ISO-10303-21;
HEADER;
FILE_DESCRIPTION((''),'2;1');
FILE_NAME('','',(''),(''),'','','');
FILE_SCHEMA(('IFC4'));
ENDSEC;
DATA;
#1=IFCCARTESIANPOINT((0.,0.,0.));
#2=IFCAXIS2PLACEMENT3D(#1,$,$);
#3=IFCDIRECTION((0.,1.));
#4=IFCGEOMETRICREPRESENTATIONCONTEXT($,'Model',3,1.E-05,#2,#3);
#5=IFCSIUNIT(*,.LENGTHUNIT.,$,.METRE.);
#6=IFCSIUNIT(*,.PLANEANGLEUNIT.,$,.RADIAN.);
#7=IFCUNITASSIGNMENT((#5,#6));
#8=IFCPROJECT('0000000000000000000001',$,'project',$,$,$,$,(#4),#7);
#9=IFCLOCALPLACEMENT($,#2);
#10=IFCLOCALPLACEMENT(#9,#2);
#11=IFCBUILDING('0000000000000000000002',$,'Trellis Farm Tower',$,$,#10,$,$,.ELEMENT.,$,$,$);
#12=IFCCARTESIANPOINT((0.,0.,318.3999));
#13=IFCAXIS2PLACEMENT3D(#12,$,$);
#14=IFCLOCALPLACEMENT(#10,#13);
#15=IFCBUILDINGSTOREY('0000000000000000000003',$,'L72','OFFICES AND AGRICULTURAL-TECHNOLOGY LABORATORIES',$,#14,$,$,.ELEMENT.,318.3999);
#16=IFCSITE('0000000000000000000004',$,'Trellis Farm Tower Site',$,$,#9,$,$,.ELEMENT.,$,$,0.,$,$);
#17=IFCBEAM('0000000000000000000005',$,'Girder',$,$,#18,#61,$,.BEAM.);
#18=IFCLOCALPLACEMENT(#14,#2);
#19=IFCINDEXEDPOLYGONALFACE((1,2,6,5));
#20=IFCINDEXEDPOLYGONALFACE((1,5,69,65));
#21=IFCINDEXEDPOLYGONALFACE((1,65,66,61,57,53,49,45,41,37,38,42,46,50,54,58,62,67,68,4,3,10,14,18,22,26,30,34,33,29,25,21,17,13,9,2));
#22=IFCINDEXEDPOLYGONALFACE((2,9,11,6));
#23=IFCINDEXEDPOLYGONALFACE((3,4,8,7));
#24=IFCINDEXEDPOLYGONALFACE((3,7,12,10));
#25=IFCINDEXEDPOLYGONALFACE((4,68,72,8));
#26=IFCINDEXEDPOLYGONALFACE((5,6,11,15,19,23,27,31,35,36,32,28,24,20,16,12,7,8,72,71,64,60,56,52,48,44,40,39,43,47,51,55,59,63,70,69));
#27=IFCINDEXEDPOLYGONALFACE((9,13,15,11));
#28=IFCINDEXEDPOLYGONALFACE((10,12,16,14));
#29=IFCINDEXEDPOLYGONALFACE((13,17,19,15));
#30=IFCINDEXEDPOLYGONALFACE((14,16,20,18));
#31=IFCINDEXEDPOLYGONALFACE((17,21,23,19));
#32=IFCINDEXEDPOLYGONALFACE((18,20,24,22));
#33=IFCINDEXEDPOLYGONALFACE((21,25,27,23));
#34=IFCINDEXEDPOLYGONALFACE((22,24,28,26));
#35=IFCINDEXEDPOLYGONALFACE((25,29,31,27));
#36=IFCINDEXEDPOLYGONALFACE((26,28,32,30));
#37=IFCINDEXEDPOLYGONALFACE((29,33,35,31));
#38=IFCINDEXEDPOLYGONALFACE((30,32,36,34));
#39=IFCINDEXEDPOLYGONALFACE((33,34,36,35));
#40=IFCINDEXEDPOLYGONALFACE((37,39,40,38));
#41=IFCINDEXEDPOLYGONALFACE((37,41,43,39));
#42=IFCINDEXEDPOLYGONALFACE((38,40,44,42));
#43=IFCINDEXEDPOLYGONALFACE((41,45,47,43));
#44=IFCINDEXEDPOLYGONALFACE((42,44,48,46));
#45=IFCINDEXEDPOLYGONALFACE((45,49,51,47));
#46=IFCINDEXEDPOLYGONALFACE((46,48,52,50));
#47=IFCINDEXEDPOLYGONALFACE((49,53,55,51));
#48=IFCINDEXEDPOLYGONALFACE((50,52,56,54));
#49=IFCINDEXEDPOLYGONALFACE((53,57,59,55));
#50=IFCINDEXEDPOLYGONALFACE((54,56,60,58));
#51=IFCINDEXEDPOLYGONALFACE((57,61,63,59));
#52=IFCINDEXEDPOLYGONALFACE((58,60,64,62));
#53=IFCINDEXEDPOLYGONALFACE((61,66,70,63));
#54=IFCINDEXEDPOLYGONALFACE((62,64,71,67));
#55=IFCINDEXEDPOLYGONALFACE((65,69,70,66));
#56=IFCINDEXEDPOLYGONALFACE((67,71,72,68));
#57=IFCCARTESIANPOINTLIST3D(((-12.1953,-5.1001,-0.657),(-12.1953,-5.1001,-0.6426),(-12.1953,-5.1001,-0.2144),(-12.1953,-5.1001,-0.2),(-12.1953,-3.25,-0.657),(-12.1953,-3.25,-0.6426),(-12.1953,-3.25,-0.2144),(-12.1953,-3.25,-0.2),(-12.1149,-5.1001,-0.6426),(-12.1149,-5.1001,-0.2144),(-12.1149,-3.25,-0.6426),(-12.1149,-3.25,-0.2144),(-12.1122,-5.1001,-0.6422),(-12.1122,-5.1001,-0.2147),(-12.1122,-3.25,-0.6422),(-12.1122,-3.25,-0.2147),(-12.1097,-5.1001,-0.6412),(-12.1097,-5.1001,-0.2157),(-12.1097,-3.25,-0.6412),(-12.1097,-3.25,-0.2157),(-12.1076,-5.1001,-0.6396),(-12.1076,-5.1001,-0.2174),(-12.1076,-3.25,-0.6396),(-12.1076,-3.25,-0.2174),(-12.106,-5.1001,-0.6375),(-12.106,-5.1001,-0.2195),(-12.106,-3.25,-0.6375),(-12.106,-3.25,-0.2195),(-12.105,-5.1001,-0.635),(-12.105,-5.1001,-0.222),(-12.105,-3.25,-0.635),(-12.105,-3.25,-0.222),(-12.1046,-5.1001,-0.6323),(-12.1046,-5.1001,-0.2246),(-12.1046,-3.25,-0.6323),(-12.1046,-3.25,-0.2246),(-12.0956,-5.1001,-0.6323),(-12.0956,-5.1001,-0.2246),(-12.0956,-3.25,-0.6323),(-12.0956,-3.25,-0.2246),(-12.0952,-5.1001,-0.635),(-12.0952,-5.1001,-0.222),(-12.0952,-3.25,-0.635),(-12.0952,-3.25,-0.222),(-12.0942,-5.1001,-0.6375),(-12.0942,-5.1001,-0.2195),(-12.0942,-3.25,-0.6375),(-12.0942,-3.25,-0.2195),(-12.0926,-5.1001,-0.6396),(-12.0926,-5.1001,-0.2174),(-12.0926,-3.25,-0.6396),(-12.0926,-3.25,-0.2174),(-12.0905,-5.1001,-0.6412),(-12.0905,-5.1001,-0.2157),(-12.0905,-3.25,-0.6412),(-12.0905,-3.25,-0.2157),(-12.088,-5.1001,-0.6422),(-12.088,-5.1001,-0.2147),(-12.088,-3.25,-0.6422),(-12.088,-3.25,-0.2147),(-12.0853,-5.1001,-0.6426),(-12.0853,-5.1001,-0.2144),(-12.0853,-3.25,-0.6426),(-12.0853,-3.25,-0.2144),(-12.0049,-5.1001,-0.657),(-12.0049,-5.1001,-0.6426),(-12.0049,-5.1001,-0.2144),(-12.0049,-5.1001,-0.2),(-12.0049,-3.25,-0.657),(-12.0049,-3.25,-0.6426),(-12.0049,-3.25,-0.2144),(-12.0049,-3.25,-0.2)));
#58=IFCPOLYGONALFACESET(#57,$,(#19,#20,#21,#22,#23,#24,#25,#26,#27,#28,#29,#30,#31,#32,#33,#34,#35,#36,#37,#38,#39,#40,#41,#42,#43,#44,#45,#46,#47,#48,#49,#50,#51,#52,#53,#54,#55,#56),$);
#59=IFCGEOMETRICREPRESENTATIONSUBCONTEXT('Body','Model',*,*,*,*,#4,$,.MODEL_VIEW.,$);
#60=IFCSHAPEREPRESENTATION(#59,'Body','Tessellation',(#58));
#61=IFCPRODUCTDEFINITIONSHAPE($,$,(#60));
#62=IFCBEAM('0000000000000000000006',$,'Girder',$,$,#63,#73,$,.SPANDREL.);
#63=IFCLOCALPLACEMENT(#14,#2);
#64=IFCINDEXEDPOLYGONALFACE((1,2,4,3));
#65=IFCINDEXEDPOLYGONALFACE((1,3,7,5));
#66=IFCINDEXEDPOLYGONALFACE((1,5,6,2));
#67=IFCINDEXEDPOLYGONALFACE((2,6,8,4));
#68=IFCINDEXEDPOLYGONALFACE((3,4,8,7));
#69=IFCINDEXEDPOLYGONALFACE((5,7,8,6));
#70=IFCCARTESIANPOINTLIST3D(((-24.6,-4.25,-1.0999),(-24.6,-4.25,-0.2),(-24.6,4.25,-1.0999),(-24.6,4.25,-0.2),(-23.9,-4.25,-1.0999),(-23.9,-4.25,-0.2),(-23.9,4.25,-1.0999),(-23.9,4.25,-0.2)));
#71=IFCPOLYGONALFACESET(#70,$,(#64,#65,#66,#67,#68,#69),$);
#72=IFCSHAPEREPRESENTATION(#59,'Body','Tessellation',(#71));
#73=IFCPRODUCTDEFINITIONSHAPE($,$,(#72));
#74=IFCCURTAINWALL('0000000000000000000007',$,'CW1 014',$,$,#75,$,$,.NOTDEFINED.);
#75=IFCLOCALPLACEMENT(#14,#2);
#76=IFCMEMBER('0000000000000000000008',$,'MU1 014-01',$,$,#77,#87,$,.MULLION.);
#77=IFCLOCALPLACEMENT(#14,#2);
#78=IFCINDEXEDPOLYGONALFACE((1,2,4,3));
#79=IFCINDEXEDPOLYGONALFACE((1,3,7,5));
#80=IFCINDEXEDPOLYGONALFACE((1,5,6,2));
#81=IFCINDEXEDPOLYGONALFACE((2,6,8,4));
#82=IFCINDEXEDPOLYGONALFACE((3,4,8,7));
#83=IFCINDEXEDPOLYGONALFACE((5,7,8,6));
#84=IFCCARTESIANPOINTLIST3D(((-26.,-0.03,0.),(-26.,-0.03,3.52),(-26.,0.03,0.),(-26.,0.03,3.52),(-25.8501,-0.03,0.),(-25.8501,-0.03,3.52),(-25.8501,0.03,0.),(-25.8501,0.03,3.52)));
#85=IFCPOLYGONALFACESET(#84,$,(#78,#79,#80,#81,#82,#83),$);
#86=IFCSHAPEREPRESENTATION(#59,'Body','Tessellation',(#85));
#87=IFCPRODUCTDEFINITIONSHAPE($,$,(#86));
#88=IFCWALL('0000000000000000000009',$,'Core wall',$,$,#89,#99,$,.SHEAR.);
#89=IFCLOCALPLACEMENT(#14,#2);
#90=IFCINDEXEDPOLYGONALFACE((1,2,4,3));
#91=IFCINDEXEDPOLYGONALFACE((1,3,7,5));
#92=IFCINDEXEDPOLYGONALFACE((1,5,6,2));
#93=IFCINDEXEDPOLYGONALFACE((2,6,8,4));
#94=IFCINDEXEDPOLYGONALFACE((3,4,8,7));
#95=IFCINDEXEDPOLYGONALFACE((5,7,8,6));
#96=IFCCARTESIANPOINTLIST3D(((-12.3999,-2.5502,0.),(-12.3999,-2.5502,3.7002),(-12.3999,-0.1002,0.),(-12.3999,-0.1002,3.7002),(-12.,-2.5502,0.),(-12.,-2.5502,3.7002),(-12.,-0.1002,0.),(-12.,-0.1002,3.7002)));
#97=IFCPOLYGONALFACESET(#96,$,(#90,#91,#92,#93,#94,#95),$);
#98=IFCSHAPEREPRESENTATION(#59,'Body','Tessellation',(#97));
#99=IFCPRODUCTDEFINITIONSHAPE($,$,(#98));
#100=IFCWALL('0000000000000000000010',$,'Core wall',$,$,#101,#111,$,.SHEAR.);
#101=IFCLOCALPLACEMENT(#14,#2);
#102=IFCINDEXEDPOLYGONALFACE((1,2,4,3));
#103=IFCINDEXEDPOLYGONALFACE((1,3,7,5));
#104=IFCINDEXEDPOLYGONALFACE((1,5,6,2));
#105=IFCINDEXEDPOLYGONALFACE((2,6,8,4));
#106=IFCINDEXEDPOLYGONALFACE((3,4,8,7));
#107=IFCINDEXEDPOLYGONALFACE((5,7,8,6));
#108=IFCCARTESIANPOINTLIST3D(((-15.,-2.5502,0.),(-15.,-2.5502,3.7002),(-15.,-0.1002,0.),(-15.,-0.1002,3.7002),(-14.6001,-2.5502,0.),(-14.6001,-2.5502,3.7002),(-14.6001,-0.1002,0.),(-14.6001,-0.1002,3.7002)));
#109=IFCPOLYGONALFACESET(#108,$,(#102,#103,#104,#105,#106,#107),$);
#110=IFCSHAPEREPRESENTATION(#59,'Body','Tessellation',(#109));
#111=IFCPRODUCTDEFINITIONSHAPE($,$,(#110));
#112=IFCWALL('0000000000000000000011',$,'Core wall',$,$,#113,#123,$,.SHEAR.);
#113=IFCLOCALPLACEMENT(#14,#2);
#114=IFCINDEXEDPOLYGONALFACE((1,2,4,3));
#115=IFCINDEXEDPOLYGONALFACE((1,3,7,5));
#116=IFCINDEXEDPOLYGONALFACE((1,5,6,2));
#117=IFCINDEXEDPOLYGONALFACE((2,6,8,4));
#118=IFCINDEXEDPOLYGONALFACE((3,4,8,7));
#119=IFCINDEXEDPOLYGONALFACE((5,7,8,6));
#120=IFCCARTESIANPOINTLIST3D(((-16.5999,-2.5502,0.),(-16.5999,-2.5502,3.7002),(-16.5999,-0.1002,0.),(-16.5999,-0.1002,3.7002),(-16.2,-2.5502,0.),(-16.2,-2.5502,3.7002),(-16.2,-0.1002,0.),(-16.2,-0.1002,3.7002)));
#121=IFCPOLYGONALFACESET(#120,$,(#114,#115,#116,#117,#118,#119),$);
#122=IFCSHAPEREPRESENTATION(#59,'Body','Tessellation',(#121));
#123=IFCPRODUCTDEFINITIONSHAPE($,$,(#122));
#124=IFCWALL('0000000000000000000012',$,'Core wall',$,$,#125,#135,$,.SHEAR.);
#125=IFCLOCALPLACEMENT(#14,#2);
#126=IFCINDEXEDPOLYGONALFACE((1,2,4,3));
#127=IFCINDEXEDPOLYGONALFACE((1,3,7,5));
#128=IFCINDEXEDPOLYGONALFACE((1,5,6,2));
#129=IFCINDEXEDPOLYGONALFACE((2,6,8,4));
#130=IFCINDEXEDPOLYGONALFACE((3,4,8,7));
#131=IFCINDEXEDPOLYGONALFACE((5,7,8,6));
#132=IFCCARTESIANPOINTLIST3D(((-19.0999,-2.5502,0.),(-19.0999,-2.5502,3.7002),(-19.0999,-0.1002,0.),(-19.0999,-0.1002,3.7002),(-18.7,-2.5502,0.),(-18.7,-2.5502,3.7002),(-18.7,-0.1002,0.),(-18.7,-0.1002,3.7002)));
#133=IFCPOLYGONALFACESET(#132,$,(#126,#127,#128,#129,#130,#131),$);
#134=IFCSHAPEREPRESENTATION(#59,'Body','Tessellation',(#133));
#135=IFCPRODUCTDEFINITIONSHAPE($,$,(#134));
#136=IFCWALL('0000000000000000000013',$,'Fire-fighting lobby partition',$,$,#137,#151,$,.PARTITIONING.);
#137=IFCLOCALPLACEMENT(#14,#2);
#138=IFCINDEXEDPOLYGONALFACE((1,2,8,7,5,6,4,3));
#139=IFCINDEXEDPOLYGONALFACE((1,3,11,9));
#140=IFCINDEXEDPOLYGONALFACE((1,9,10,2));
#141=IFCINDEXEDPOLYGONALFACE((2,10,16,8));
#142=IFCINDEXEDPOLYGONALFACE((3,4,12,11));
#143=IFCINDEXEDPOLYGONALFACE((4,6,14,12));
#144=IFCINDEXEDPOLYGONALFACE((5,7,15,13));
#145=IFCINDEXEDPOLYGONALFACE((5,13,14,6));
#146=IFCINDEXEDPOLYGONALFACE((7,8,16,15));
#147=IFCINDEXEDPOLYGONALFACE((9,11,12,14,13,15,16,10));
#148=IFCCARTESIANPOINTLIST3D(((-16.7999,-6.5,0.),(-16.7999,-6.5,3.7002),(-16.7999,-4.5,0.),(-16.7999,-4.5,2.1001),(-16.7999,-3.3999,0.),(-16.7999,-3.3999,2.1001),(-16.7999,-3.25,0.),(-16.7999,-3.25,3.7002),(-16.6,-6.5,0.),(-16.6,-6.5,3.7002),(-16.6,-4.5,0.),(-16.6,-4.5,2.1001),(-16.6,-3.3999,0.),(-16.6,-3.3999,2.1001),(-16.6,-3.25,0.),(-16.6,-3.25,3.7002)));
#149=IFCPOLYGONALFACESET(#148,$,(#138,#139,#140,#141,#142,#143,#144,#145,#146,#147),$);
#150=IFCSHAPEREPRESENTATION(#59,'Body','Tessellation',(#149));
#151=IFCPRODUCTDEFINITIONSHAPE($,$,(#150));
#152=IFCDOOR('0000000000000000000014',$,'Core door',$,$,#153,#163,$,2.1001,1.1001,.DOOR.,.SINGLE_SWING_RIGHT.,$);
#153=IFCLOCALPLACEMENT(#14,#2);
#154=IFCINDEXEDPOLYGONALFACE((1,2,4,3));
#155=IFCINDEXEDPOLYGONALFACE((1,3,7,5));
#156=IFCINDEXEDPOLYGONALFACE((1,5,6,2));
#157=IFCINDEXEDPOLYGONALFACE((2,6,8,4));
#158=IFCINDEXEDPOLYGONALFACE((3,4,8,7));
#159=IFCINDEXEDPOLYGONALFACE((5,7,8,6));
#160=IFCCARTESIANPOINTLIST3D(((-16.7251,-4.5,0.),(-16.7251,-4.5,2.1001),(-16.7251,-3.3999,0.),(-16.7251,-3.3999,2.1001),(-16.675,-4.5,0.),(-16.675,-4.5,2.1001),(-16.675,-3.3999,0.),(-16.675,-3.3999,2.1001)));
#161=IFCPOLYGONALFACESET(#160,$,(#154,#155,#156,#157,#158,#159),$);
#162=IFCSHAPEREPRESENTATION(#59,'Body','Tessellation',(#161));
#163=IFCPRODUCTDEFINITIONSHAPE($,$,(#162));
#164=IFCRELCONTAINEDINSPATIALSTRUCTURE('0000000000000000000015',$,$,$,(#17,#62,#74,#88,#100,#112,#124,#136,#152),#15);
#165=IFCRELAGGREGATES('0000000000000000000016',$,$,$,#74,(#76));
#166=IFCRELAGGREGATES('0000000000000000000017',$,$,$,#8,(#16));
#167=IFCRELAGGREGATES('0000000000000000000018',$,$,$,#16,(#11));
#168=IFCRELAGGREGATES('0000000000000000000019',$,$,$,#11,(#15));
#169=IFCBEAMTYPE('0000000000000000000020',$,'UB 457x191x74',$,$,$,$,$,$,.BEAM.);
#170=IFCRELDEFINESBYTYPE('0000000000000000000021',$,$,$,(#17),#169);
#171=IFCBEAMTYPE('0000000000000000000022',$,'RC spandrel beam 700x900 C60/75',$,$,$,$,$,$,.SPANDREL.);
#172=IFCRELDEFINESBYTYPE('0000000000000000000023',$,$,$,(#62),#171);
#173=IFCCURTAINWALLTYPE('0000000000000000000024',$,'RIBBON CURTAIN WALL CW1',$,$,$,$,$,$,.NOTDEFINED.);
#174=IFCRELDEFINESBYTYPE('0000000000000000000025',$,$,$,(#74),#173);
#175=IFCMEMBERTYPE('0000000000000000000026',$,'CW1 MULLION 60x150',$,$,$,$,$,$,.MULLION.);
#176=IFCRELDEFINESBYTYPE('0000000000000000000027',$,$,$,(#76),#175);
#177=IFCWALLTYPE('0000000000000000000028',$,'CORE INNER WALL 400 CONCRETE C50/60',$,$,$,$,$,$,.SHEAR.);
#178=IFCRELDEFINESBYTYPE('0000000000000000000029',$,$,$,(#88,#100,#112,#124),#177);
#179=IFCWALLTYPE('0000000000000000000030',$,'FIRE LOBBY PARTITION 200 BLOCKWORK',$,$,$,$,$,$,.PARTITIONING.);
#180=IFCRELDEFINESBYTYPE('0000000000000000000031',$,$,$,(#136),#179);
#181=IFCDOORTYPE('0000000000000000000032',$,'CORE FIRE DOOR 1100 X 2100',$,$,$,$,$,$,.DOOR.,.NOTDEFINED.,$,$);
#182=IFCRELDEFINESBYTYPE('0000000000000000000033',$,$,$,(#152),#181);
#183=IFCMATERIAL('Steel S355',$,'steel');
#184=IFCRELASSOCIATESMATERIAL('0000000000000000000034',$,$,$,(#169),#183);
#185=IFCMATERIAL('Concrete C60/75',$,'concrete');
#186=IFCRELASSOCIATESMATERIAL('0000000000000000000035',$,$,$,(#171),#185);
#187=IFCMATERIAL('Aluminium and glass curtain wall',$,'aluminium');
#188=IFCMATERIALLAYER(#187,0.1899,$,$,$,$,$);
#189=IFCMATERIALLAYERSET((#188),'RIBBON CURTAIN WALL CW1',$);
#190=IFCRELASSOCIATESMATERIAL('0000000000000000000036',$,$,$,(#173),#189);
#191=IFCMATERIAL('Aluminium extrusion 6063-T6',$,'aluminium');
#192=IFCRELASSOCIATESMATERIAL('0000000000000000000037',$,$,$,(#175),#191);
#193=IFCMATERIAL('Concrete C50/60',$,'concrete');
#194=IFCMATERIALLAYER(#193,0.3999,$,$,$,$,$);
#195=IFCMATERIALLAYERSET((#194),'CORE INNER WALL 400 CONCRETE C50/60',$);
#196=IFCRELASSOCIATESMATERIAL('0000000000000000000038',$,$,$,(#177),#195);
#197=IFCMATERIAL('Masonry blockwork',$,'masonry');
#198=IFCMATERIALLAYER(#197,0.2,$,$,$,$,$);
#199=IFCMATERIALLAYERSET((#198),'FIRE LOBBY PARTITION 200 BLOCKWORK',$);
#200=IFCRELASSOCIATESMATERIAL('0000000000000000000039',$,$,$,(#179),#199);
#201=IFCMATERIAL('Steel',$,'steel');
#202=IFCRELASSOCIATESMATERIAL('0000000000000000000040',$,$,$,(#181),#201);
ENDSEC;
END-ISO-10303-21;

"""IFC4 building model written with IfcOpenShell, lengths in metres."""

from ifc_helpers import new_model, si_unit, direction, frame, frame_2d, origin, origin_2d, place, context, subcontext, project, spatial, rectangle, i_section, extrude, source, transform, mapped, material, layer, layer_set, material_profile, profile_set, type_object, element, fill, aggregate, save


model = new_model("IFC4")

# Units and contexts
model_context = context("Model", 3, precision=1e-05, world=origin(), true_north=direction((0.0, 1.0)))
body_context = subcontext(model_context, "Body", "Model", "MODEL_VIEW")
ifc_project = project(units=[si_unit("LENGTHUNIT", "METRE"), si_unit("PLANEANGLEUNIT", "RADIAN")], contexts=[model_context])

# Site, building, storey
site_placement = place(None, origin())
site = spatial("IfcSite", under=ifc_project, at=site_placement, Name="Trellis Farm Tower Site", CompositionType="ELEMENT", RefElevation=0.0)
building_placement = place(site_placement, origin())
building = spatial("IfcBuilding", under=site, at=building_placement, Name="Trellis Farm Tower", CompositionType="ELEMENT")
storey_placement = place(building_placement, frame((0.0, 0.0, 318.3999)))
storey = spatial("IfcBuildingStorey", under=building, at=storey_placement, Name="L72", Description="OFFICES AND AGRICULTURAL-TECHNOLOGY LABORATORIES", CompositionType="ELEMENT", Elevation=318.3999)

# Shared definitions
ifc_material_1 = material(Name="Concrete C60/75", Category="concrete")

# Beams
ifc_material_2 = material(Name="Steel S355", Category="steel")
ifc_material_profile_1 = material_profile(ifc_material_2, i_section(OverallWidth=0.1904, OverallDepth=0.457, WebThickness=0.009, FlangeThickness=0.0144, FilletRadius=0.0103, at=origin_2d()), Name="UB 457x191x74")
ifc_profile_set_1 = profile_set([ifc_material_profile_1], Name="Steel S355")
beam_type_1 = type_object("IfcBeamType", Name="UB 457x191x74", PredefinedType="BEAM", material=ifc_profile_set_1)
shared_shape_1 = source(origin(), body_context, "Body", "SweptSolid", [
    extrude(i_section(OverallWidth=0.1904, OverallDepth=0.457, WebThickness=0.009, FlangeThickness=0.0144, FilletRadius=0.0103, at=origin_2d()), origin(), (0.0, 0.0, 1.0), 1.8501),
])
beam_1_placement = place(storey_placement, frame((-12.1001, -5.1001, -0.4285), z_axis=(0.0, 1.0, 0.0), x_axis=(-1.0, 0.0, 0.0)))
element("IfcBeam", 1, at=beam_1_placement, inside=storey, type_object=beam_type_1, Name="Girder", PredefinedType="BEAM", context=body_context, shape_type="MappedRepresentation", body=[
    mapped(shared_shape_1, transform((0.0, 0.0, 0.0))),
])
ifc_material_profile_2 = material_profile(ifc_material_1, rectangle(XDim=0.7, YDim=0.8999, at=origin_2d()), Name="RC spandrel beam 700x900 C60/75")
ifc_profile_set_2 = profile_set([ifc_material_profile_2], Name="Concrete C60/75")
beam_type_2 = type_object("IfcBeamType", Name="RC spandrel beam 700x900 C60/75", PredefinedType="SPANDREL", material=ifc_profile_set_2)
shared_shape_2 = source(origin(), body_context, "Body", "SweptSolid", [
    extrude(rectangle(XDim=0.7, YDim=0.8999, at=origin_2d()), origin(), (0.0, 0.0, 1.0), 8.5),
])
beam_2_placement = place(storey_placement, frame((-24.25, -4.25, -0.6499), z_axis=(0.0, 1.0, 0.0), x_axis=(-1.0, 0.0, 0.0)))
element("IfcBeam", 2, at=beam_2_placement, inside=storey, type_object=beam_type_2, Name="Girder", PredefinedType="SPANDREL", context=body_context, shape_type="MappedRepresentation", body=[
    mapped(shared_shape_2, transform((0.0, 0.0, 0.0))),
])

# Curtain wall, member
ifc_material_3 = material(Name="Aluminium and glass curtain wall", Category="aluminium")
ifc_layer_1 = layer(ifc_material_3, 0.1899)
ifc_layer_set_1 = layer_set([ifc_layer_1], Name="RIBBON CURTAIN WALL CW1")
curtain_wall_type = type_object("IfcCurtainWallType", Name="RIBBON CURTAIN WALL CW1", PredefinedType="NOTDEFINED", material=ifc_layer_set_1)
curtain_wall_placement = place(storey_placement, origin())
curtain_wall = element("IfcCurtainWall", 3, at=curtain_wall_placement, inside=storey, type_object=curtain_wall_type, Name="CW1 014", PredefinedType="NOTDEFINED")
ifc_material_4 = material(Name="Aluminium extrusion 6063-T6", Category="aluminium")
ifc_material_profile_3 = material_profile(ifc_material_4, rectangle(XDim=0.0601, YDim=0.1499, at=origin_2d()), Name="MULLION 60x150")
ifc_profile_set_3 = profile_set([ifc_material_profile_3], Name="Aluminium extrusion 6063-T6")
member_type = type_object("IfcMemberType", Name="CW1 MULLION 60x150", PredefinedType="MULLION", material=ifc_profile_set_3)
shared_shape_3 = source(origin(), body_context, "Body", "SweptSolid", [
    extrude(rectangle(XDim=0.0601, YDim=0.1499, at=origin_2d()), origin(), (0.0, 0.0, 1.0), 3.52),
])
member_placement = place(storey_placement, frame((-25.925, 0.0, 0.0), z_axis=(0.0, 0.0, 1.0), x_axis=(0.0, -1.0, 0.0)))
member = element("IfcMember", 4, at=member_placement, type_object=member_type, Name="MU1 014-01", PredefinedType="MULLION", context=body_context, shape_type="MappedRepresentation", body=[
    mapped(shared_shape_3, transform((0.0, 0.0, 0.0))),
])
aggregate(curtain_wall, [member])

# Walls
ifc_material_5 = material(Name="Concrete C50/60", Category="concrete")
ifc_layer_2 = layer(ifc_material_5, 0.3999)
ifc_layer_set_2 = layer_set([ifc_layer_2], Name="CORE INNER WALL 400 CONCRETE C50/60")
wall_type_1 = type_object("IfcWallType", Name="CORE INNER WALL 400 CONCRETE C50/60", PredefinedType="SHEAR", material=ifc_layer_set_2)
shared_shape_4 = source(origin(), body_context, "Body", "SweptSolid", [
    extrude(rectangle(XDim=2.45, YDim=0.3999, at=frame_2d((1.2251, 0.0))), origin(), (0.0, 0.0, 1.0), 3.7002),
])
for number, where, z_axis, x_axis, name in (
    (5, (-12.2, -0.1001, 0.0), (0.0, 0.0, 1.0), (0.0, -1.0, 0.0), "Core wall"),
    (6, (-14.8, -0.1001, 0.0), (0.0, 0.0, 1.0), (0.0, -1.0, 0.0), "Core wall"),
    (7, (-16.3999, -0.1001, 0.0), (0.0, 0.0, 1.0), (0.0, -1.0, 0.0), "Core wall"),
    (8, (-18.8999, -0.1001, 0.0), (0.0, 0.0, 1.0), (0.0, -1.0, 0.0), "Core wall"),
):
    element("IfcWall", number, at=place(storey_placement, frame(where, z_axis=z_axis, x_axis=x_axis)), inside=storey, type_object=wall_type_1, Name=name, PredefinedType="SHEAR", context=body_context, shape_type="MappedRepresentation", body=[
        mapped(shared_shape_4, transform((0.0, 0.0, 0.0))),
    ])

# Wall, opening, door
ifc_material_6 = material(Name="Masonry blockwork", Category="masonry")
ifc_layer_3 = layer(ifc_material_6, 0.2)
ifc_layer_set_3 = layer_set([ifc_layer_3], Name="FIRE LOBBY PARTITION 200 BLOCKWORK")
wall_type_2 = type_object("IfcWallType", Name="FIRE LOBBY PARTITION 200 BLOCKWORK", PredefinedType="PARTITIONING", material=ifc_layer_set_3)
shared_shape_5 = source(origin(), body_context, "Body", "SweptSolid", [
    extrude(rectangle(XDim=3.25, YDim=0.2, at=frame_2d((1.625, 0.0))), origin(), (0.0, 0.0, 1.0), 3.7002),
])
wall_1_placement = place(storey_placement, frame((-16.7, -3.25, 0.0), z_axis=(0.0, 0.0, 1.0), x_axis=(0.0, -1.0, 0.0)))
wall_1 = element("IfcWall", 9, at=wall_1_placement, inside=storey, type_object=wall_type_2, Name="Fire-fighting lobby partition", PredefinedType="PARTITIONING", context=body_context, shape_type="MappedRepresentation", body=[
    mapped(shared_shape_5, transform((0.0, 0.0, 0.0))),
])
shared_shape_6 = source(origin(), body_context, "Body", "SweptSolid", [
    extrude(rectangle(XDim=1.1001, YDim=2.1001, at=frame_2d((0.55, 1.05))), frame((0.0, 0.1101, 0.0), z_axis=(0.0, -1.0, 0.0), x_axis=(1.0, 0.0, 0.0)), (0.0, 0.0, 1.0), 0.2202),
])
opening_1_placement = place(wall_1_placement, frame((0.1499, 0.0, 0.0)))
opening_1 = element("IfcOpeningElement", 10, at=opening_1_placement, cuts=wall_1, PredefinedType="OPENING", context=body_context, shape_type="MappedRepresentation", body=[
    mapped(shared_shape_6, transform((0.0, 0.0, 0.0))),
])
ifc_material_7 = material(Name="Steel", Category="steel")
door_type_1 = type_object("IfcDoorType", Name="CORE FIRE DOOR 1100 X 2100", OperationType="NOTDEFINED", PredefinedType="DOOR", material=ifc_material_7)
shared_shape_7 = source(origin(), body_context, "Body", "SweptSolid", [
    extrude(rectangle(XDim=1.1001, YDim=2.1001, at=frame_2d((0.55, 1.05))), frame((0.0, 0.0249, 0.0), z_axis=(0.0, -1.0, 0.0), x_axis=(1.0, 0.0, 0.0)), (0.0, 0.0, 1.0), 0.05),
])
door_1_placement = place(opening_1_placement, origin())
door_1 = element("IfcDoor", 11, at=door_1_placement, inside=storey, type_object=door_type_1, Name="Core door", OperationType="SINGLE_SWING_RIGHT", OverallHeight=2.1001, OverallWidth=1.1001, PredefinedType="DOOR", context=body_context, shape_type="MappedRepresentation", body=[
    mapped(shared_shape_7, transform((0.0, 0.0, 0.0))),
])
fill(opening_1, door_1)

save(model, "model.ifc")
